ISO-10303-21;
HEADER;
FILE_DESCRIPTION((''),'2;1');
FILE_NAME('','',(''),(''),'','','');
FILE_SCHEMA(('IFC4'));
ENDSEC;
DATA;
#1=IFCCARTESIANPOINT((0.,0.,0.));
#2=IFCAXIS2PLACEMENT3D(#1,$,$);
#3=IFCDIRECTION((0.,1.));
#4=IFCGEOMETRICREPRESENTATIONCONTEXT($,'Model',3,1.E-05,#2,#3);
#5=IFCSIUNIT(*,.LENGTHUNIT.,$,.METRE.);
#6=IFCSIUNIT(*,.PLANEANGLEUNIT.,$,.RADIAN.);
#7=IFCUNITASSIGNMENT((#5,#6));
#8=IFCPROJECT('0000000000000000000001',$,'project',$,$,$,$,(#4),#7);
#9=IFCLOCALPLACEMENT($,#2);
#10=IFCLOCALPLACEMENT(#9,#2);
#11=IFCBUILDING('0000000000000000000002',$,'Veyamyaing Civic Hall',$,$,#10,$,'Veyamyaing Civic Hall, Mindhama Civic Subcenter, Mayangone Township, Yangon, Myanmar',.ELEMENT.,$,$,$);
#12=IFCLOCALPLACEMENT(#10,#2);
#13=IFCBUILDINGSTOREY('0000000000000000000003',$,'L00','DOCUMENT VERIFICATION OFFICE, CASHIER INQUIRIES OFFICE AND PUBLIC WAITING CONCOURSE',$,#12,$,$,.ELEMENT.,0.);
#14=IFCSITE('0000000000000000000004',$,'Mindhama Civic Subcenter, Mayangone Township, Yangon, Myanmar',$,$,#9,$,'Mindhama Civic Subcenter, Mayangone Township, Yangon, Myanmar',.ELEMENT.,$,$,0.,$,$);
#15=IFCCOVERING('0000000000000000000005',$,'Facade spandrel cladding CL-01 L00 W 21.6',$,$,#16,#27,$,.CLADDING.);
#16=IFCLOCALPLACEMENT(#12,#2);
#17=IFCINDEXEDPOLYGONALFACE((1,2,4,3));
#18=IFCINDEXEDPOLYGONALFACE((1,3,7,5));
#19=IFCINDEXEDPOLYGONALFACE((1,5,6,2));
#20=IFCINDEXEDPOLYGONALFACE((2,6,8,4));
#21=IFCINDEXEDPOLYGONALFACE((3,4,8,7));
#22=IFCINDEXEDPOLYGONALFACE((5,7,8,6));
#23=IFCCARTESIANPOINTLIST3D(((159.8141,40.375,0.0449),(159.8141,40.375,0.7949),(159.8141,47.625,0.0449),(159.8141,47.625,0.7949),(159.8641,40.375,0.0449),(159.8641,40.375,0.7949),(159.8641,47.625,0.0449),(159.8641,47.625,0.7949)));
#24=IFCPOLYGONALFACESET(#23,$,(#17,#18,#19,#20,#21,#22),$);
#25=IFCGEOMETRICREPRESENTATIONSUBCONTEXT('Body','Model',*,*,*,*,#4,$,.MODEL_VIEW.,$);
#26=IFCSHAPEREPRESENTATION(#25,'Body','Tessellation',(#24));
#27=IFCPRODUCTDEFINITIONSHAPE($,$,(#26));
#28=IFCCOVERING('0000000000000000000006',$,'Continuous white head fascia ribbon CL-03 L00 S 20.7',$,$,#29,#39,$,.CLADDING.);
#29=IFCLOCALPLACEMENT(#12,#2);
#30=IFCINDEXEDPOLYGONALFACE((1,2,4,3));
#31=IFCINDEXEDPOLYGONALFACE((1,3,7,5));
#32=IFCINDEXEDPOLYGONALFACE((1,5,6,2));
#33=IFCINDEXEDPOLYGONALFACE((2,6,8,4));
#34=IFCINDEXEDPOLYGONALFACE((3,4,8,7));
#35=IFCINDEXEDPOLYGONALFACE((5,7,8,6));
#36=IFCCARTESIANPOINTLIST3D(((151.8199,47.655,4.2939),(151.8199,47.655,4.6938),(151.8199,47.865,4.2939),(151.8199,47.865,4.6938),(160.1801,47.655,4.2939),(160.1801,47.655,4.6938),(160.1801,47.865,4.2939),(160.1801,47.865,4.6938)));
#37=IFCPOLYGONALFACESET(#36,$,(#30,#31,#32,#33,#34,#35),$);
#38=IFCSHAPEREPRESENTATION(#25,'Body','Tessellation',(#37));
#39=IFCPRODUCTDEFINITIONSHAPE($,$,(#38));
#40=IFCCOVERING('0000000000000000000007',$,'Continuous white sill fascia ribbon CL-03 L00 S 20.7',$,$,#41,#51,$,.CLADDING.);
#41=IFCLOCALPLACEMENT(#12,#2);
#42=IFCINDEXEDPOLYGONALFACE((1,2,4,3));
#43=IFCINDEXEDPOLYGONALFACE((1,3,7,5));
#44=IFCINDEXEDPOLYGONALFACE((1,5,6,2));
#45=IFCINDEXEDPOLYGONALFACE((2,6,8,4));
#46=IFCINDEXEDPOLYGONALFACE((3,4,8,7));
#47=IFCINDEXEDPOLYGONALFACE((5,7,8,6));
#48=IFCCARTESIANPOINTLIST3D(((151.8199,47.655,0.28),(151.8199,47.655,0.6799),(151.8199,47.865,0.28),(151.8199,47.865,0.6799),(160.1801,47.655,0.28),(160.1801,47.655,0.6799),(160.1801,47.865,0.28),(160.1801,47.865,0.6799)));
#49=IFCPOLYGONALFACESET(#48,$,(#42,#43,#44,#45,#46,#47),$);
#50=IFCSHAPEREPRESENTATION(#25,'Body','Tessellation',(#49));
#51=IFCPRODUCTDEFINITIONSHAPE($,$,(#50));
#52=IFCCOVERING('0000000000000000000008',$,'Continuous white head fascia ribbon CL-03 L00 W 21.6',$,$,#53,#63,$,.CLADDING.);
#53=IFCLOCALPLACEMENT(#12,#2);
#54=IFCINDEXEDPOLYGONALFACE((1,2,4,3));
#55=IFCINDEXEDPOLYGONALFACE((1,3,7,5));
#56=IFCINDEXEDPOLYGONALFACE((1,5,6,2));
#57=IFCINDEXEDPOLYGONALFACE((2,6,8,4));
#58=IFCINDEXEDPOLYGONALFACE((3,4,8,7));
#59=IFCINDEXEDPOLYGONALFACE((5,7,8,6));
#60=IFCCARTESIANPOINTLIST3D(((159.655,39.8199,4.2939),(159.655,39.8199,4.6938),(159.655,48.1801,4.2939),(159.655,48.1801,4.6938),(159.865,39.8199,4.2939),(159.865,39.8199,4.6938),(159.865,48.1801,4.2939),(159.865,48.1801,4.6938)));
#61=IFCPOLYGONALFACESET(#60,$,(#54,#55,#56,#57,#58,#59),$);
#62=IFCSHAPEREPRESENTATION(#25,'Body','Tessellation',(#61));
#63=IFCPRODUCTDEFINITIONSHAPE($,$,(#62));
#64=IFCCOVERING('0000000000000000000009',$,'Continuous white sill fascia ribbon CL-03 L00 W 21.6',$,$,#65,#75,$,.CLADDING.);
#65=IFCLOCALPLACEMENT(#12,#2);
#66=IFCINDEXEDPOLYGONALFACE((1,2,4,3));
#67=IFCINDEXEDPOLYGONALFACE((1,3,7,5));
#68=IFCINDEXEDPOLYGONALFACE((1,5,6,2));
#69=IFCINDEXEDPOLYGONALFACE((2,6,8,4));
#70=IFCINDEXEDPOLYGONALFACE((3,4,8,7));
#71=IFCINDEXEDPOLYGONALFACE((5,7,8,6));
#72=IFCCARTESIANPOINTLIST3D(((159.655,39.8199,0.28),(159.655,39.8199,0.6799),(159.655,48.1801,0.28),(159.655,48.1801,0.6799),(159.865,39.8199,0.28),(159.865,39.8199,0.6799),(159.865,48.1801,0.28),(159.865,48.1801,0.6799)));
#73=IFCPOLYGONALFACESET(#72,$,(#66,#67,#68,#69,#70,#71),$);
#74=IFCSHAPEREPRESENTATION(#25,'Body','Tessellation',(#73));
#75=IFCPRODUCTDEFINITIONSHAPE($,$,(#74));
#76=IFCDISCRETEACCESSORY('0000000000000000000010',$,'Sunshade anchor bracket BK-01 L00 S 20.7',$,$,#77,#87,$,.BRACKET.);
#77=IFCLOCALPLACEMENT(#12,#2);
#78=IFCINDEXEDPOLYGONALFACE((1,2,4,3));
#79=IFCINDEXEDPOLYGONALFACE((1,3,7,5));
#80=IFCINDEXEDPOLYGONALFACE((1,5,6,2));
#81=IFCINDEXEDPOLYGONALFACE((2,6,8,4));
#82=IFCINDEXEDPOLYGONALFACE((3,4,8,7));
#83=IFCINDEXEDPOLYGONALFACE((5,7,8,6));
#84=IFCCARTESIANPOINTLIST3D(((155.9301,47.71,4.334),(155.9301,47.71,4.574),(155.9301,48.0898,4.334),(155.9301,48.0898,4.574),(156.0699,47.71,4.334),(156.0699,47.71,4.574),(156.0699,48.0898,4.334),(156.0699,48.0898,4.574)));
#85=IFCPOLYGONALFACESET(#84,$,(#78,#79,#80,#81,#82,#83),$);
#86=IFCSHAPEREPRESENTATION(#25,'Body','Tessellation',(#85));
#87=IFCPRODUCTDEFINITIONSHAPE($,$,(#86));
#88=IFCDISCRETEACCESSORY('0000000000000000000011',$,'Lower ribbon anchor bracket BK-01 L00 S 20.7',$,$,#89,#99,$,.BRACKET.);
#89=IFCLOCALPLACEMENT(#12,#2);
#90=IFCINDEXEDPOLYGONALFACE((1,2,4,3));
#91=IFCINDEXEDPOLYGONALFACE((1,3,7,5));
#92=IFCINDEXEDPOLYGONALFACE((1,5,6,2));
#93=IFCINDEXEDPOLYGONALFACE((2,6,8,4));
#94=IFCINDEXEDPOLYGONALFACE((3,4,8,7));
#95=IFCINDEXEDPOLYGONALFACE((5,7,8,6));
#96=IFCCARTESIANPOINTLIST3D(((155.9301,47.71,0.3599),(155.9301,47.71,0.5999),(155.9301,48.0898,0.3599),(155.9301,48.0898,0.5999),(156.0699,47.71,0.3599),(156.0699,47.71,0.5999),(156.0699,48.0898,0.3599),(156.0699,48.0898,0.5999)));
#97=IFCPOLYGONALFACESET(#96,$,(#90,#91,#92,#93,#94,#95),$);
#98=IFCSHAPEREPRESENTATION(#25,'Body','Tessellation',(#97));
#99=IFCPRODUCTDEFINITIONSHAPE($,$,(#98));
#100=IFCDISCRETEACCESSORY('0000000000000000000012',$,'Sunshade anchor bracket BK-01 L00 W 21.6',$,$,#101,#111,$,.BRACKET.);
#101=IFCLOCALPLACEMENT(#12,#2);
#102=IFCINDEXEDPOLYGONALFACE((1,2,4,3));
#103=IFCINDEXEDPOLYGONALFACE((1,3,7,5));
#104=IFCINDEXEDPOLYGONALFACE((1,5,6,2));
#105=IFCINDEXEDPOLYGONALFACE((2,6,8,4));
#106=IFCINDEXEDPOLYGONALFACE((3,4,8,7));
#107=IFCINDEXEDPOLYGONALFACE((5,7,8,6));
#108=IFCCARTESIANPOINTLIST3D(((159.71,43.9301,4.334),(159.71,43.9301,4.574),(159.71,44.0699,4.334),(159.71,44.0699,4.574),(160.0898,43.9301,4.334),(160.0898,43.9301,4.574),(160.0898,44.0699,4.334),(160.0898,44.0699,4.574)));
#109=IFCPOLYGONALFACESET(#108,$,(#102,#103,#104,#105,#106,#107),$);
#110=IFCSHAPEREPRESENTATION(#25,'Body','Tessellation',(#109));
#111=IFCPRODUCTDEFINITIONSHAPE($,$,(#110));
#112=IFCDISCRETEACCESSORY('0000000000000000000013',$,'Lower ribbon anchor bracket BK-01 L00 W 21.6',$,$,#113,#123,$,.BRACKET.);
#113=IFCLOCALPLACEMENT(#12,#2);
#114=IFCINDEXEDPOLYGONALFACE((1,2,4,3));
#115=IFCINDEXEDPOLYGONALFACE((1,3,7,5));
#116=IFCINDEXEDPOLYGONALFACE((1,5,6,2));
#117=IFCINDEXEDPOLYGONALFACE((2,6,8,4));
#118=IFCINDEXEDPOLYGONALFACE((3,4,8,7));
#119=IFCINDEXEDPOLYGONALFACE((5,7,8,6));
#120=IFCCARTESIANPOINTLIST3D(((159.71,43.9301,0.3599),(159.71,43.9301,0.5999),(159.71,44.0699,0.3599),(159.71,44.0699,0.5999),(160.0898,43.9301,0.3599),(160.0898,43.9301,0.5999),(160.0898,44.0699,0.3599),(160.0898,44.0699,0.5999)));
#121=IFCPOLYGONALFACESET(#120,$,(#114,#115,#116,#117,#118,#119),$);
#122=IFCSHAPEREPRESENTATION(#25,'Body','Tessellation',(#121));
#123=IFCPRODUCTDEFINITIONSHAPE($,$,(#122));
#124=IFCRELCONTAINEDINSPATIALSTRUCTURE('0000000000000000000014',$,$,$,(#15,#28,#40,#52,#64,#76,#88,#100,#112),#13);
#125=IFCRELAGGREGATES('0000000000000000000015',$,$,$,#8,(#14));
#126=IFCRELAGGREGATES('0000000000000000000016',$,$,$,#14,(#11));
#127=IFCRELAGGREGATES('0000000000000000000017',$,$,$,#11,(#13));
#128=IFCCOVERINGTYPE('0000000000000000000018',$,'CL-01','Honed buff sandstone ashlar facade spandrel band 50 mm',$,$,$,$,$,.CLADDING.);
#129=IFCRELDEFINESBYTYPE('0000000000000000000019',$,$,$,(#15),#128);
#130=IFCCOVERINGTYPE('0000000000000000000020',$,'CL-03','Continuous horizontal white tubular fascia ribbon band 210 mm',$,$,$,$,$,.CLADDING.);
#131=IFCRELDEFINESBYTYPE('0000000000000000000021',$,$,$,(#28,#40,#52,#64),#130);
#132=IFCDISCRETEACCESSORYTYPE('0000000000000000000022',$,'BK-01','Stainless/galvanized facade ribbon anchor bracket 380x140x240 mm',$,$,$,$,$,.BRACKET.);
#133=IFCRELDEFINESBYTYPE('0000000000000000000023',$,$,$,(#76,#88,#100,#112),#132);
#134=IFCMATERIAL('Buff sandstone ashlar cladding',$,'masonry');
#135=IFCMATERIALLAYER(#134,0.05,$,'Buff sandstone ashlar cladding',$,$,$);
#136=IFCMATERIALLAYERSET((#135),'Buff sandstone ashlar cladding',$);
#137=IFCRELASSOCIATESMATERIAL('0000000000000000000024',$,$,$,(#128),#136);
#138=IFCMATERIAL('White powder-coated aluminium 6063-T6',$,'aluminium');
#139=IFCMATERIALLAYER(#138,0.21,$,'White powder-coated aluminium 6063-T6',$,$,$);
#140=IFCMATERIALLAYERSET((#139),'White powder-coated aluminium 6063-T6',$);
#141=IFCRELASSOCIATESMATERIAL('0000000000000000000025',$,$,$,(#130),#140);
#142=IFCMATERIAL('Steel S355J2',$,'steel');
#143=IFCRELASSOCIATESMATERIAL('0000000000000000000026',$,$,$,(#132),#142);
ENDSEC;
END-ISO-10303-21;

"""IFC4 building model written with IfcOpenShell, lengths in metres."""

from ifc_helpers import new_model, si_unit, direction, frame, origin, origin_2d, place, context, subcontext, project, spatial, rectangle, extrude, material, layer, layer_set, type_object, element, save


model = new_model("IFC4")

# Units and contexts
model_context = context("Model", 3, precision=1e-05, world=origin(), true_north=direction((0.0, 1.0)))
body_context = subcontext(model_context, "Body", "Model", "MODEL_VIEW")
ifc_project = project(units=[si_unit("LENGTHUNIT", "METRE"), si_unit("PLANEANGLEUNIT", "RADIAN")], contexts=[model_context])

# Site, building, storey
site_placement = place(None, origin())
site = spatial("IfcSite", under=ifc_project, at=site_placement, Name="Mindhama Civic Subcenter, Mayangone Township, Yangon, Myanmar", LongName="Mindhama Civic Subcenter, Mayangone Township, Yangon, Myanmar", CompositionType="ELEMENT", RefElevation=0.0)
building_placement = place(site_placement, origin())
building = spatial("IfcBuilding", under=site, at=building_placement, Name="Veyamyaing Civic Hall", LongName="Veyamyaing Civic Hall, Mindhama Civic Subcenter, Mayangone Township, Yangon, Myanmar", CompositionType="ELEMENT")
storey_placement = place(building_placement, origin())
storey = spatial("IfcBuildingStorey", under=building, at=storey_placement, Name="L00", Description="DOCUMENT VERIFICATION OFFICE, CASHIER INQUIRIES OFFICE AND PUBLIC WAITING CONCOURSE", CompositionType="ELEMENT", Elevation=0.0)

# Coverings
ifc_material_1 = material(Name="Buff sandstone ashlar cladding", Category="masonry")
ifc_layer_1 = layer(ifc_material_1, 0.05, Name="Buff sandstone ashlar cladding")
ifc_layer_set_1 = layer_set([ifc_layer_1], Name="Buff sandstone ashlar cladding")
covering_type_1 = type_object("IfcCoveringType", Name="CL-01", Description="Honed buff sandstone ashlar facade spandrel band 50 mm", PredefinedType="CLADDING", material=ifc_layer_set_1)
covering_placement = place(storey_placement, frame((159.8391, 44.0, 0.0449), z_axis=(0.0, 0.0, 1.0), x_axis=(0.0, 1.0, 0.0)))
element("IfcCovering", 1, at=covering_placement, inside=storey, type_object=covering_type_1, Name="Facade spandrel cladding CL-01 L00 W 21.6", PredefinedType="CLADDING", context=body_context, shape_type="SweptSolid", body=[
    extrude(rectangle(XDim=7.25, YDim=0.05, at=origin_2d()), origin(), (0.0, 0.0, 1.0), 0.75),
])
ifc_material_2 = material(Name="White powder-coated aluminium 6063-T6", Category="aluminium")
ifc_layer_2 = layer(ifc_material_2, 0.21, Name="White powder-coated aluminium 6063-T6")
ifc_layer_set_2 = layer_set([ifc_layer_2], Name="White powder-coated aluminium 6063-T6")
covering_type_2 = type_object("IfcCoveringType", Name="CL-03", Description="Continuous horizontal white tubular fascia ribbon band 210 mm", PredefinedType="CLADDING", material=ifc_layer_set_2)
for number, where, z_axis, x_axis, name in (
    (2, (156.0, 47.76, 4.2939), (0.0, 0.0, 1.0), (1.0, 0.0, 0.0), "Continuous white head fascia ribbon CL-03 L00 S 20.7"),
    (3, (156.0, 47.76, 0.28), (0.0, 0.0, 1.0), (1.0, 0.0, 0.0), "Continuous white sill fascia ribbon CL-03 L00 S 20.7"),
    (4, (159.76, 44.0, 4.2939), (0.0, 0.0, 1.0), (0.0, 1.0, 0.0), "Continuous white head fascia ribbon CL-03 L00 W 21.6"),
    (5, (159.76, 44.0, 0.28), (0.0, 0.0, 1.0), (0.0, 1.0, 0.0), "Continuous white sill fascia ribbon CL-03 L00 W 21.6"),
):
    element("IfcCovering", number, at=place(storey_placement, frame(where, z_axis=z_axis, x_axis=x_axis)), inside=storey, type_object=covering_type_2, Name=name, PredefinedType="CLADDING", context=body_context, shape_type="SweptSolid", body=[
        extrude(rectangle(XDim=8.3601, YDim=0.21, at=origin_2d()), origin(), (0.0, 0.0, 1.0), 0.3999),
    ])

# Discrete accessories
ifc_material_3 = material(Name="Steel S355J2", Category="steel")
discrete_accessory_type = type_object("IfcDiscreteAccessoryType", Name="BK-01", Description="Stainless/galvanized facade ribbon anchor bracket 380x140x240 mm", PredefinedType="BRACKET", material=ifc_material_3)
for number, where, z_axis, x_axis, name in (
    (6, (156.0, 47.8999, 4.334), (0.0, 0.0, 1.0), (0.0, -1.0, 0.0), "Sunshade anchor bracket BK-01 L00 S 20.7"),
    (7, (156.0, 47.8999, 0.3599), (0.0, 0.0, 1.0), (0.0, -1.0, 0.0), "Lower ribbon anchor bracket BK-01 L00 S 20.7"),
    (8, (159.8999, 44.0, 4.334), (0.0, 0.0, 1.0), (-1.0, 0.0, 0.0), "Sunshade anchor bracket BK-01 L00 W 21.6"),
    (9, (159.8999, 44.0, 0.3599), (0.0, 0.0, 1.0), (-1.0, 0.0, 0.0), "Lower ribbon anchor bracket BK-01 L00 W 21.6"),
):
    element("IfcDiscreteAccessory", number, at=place(storey_placement, frame(where, z_axis=z_axis, x_axis=x_axis)), inside=storey, type_object=discrete_accessory_type, Name=name, PredefinedType="BRACKET", context=body_context, shape_type="SweptSolid", body=[
        extrude(rectangle(XDim=0.3799, YDim=0.1399, at=origin_2d()), origin(), (0.0, 0.0, 1.0), 0.24),
    ])

save(model, "model.ifc")
